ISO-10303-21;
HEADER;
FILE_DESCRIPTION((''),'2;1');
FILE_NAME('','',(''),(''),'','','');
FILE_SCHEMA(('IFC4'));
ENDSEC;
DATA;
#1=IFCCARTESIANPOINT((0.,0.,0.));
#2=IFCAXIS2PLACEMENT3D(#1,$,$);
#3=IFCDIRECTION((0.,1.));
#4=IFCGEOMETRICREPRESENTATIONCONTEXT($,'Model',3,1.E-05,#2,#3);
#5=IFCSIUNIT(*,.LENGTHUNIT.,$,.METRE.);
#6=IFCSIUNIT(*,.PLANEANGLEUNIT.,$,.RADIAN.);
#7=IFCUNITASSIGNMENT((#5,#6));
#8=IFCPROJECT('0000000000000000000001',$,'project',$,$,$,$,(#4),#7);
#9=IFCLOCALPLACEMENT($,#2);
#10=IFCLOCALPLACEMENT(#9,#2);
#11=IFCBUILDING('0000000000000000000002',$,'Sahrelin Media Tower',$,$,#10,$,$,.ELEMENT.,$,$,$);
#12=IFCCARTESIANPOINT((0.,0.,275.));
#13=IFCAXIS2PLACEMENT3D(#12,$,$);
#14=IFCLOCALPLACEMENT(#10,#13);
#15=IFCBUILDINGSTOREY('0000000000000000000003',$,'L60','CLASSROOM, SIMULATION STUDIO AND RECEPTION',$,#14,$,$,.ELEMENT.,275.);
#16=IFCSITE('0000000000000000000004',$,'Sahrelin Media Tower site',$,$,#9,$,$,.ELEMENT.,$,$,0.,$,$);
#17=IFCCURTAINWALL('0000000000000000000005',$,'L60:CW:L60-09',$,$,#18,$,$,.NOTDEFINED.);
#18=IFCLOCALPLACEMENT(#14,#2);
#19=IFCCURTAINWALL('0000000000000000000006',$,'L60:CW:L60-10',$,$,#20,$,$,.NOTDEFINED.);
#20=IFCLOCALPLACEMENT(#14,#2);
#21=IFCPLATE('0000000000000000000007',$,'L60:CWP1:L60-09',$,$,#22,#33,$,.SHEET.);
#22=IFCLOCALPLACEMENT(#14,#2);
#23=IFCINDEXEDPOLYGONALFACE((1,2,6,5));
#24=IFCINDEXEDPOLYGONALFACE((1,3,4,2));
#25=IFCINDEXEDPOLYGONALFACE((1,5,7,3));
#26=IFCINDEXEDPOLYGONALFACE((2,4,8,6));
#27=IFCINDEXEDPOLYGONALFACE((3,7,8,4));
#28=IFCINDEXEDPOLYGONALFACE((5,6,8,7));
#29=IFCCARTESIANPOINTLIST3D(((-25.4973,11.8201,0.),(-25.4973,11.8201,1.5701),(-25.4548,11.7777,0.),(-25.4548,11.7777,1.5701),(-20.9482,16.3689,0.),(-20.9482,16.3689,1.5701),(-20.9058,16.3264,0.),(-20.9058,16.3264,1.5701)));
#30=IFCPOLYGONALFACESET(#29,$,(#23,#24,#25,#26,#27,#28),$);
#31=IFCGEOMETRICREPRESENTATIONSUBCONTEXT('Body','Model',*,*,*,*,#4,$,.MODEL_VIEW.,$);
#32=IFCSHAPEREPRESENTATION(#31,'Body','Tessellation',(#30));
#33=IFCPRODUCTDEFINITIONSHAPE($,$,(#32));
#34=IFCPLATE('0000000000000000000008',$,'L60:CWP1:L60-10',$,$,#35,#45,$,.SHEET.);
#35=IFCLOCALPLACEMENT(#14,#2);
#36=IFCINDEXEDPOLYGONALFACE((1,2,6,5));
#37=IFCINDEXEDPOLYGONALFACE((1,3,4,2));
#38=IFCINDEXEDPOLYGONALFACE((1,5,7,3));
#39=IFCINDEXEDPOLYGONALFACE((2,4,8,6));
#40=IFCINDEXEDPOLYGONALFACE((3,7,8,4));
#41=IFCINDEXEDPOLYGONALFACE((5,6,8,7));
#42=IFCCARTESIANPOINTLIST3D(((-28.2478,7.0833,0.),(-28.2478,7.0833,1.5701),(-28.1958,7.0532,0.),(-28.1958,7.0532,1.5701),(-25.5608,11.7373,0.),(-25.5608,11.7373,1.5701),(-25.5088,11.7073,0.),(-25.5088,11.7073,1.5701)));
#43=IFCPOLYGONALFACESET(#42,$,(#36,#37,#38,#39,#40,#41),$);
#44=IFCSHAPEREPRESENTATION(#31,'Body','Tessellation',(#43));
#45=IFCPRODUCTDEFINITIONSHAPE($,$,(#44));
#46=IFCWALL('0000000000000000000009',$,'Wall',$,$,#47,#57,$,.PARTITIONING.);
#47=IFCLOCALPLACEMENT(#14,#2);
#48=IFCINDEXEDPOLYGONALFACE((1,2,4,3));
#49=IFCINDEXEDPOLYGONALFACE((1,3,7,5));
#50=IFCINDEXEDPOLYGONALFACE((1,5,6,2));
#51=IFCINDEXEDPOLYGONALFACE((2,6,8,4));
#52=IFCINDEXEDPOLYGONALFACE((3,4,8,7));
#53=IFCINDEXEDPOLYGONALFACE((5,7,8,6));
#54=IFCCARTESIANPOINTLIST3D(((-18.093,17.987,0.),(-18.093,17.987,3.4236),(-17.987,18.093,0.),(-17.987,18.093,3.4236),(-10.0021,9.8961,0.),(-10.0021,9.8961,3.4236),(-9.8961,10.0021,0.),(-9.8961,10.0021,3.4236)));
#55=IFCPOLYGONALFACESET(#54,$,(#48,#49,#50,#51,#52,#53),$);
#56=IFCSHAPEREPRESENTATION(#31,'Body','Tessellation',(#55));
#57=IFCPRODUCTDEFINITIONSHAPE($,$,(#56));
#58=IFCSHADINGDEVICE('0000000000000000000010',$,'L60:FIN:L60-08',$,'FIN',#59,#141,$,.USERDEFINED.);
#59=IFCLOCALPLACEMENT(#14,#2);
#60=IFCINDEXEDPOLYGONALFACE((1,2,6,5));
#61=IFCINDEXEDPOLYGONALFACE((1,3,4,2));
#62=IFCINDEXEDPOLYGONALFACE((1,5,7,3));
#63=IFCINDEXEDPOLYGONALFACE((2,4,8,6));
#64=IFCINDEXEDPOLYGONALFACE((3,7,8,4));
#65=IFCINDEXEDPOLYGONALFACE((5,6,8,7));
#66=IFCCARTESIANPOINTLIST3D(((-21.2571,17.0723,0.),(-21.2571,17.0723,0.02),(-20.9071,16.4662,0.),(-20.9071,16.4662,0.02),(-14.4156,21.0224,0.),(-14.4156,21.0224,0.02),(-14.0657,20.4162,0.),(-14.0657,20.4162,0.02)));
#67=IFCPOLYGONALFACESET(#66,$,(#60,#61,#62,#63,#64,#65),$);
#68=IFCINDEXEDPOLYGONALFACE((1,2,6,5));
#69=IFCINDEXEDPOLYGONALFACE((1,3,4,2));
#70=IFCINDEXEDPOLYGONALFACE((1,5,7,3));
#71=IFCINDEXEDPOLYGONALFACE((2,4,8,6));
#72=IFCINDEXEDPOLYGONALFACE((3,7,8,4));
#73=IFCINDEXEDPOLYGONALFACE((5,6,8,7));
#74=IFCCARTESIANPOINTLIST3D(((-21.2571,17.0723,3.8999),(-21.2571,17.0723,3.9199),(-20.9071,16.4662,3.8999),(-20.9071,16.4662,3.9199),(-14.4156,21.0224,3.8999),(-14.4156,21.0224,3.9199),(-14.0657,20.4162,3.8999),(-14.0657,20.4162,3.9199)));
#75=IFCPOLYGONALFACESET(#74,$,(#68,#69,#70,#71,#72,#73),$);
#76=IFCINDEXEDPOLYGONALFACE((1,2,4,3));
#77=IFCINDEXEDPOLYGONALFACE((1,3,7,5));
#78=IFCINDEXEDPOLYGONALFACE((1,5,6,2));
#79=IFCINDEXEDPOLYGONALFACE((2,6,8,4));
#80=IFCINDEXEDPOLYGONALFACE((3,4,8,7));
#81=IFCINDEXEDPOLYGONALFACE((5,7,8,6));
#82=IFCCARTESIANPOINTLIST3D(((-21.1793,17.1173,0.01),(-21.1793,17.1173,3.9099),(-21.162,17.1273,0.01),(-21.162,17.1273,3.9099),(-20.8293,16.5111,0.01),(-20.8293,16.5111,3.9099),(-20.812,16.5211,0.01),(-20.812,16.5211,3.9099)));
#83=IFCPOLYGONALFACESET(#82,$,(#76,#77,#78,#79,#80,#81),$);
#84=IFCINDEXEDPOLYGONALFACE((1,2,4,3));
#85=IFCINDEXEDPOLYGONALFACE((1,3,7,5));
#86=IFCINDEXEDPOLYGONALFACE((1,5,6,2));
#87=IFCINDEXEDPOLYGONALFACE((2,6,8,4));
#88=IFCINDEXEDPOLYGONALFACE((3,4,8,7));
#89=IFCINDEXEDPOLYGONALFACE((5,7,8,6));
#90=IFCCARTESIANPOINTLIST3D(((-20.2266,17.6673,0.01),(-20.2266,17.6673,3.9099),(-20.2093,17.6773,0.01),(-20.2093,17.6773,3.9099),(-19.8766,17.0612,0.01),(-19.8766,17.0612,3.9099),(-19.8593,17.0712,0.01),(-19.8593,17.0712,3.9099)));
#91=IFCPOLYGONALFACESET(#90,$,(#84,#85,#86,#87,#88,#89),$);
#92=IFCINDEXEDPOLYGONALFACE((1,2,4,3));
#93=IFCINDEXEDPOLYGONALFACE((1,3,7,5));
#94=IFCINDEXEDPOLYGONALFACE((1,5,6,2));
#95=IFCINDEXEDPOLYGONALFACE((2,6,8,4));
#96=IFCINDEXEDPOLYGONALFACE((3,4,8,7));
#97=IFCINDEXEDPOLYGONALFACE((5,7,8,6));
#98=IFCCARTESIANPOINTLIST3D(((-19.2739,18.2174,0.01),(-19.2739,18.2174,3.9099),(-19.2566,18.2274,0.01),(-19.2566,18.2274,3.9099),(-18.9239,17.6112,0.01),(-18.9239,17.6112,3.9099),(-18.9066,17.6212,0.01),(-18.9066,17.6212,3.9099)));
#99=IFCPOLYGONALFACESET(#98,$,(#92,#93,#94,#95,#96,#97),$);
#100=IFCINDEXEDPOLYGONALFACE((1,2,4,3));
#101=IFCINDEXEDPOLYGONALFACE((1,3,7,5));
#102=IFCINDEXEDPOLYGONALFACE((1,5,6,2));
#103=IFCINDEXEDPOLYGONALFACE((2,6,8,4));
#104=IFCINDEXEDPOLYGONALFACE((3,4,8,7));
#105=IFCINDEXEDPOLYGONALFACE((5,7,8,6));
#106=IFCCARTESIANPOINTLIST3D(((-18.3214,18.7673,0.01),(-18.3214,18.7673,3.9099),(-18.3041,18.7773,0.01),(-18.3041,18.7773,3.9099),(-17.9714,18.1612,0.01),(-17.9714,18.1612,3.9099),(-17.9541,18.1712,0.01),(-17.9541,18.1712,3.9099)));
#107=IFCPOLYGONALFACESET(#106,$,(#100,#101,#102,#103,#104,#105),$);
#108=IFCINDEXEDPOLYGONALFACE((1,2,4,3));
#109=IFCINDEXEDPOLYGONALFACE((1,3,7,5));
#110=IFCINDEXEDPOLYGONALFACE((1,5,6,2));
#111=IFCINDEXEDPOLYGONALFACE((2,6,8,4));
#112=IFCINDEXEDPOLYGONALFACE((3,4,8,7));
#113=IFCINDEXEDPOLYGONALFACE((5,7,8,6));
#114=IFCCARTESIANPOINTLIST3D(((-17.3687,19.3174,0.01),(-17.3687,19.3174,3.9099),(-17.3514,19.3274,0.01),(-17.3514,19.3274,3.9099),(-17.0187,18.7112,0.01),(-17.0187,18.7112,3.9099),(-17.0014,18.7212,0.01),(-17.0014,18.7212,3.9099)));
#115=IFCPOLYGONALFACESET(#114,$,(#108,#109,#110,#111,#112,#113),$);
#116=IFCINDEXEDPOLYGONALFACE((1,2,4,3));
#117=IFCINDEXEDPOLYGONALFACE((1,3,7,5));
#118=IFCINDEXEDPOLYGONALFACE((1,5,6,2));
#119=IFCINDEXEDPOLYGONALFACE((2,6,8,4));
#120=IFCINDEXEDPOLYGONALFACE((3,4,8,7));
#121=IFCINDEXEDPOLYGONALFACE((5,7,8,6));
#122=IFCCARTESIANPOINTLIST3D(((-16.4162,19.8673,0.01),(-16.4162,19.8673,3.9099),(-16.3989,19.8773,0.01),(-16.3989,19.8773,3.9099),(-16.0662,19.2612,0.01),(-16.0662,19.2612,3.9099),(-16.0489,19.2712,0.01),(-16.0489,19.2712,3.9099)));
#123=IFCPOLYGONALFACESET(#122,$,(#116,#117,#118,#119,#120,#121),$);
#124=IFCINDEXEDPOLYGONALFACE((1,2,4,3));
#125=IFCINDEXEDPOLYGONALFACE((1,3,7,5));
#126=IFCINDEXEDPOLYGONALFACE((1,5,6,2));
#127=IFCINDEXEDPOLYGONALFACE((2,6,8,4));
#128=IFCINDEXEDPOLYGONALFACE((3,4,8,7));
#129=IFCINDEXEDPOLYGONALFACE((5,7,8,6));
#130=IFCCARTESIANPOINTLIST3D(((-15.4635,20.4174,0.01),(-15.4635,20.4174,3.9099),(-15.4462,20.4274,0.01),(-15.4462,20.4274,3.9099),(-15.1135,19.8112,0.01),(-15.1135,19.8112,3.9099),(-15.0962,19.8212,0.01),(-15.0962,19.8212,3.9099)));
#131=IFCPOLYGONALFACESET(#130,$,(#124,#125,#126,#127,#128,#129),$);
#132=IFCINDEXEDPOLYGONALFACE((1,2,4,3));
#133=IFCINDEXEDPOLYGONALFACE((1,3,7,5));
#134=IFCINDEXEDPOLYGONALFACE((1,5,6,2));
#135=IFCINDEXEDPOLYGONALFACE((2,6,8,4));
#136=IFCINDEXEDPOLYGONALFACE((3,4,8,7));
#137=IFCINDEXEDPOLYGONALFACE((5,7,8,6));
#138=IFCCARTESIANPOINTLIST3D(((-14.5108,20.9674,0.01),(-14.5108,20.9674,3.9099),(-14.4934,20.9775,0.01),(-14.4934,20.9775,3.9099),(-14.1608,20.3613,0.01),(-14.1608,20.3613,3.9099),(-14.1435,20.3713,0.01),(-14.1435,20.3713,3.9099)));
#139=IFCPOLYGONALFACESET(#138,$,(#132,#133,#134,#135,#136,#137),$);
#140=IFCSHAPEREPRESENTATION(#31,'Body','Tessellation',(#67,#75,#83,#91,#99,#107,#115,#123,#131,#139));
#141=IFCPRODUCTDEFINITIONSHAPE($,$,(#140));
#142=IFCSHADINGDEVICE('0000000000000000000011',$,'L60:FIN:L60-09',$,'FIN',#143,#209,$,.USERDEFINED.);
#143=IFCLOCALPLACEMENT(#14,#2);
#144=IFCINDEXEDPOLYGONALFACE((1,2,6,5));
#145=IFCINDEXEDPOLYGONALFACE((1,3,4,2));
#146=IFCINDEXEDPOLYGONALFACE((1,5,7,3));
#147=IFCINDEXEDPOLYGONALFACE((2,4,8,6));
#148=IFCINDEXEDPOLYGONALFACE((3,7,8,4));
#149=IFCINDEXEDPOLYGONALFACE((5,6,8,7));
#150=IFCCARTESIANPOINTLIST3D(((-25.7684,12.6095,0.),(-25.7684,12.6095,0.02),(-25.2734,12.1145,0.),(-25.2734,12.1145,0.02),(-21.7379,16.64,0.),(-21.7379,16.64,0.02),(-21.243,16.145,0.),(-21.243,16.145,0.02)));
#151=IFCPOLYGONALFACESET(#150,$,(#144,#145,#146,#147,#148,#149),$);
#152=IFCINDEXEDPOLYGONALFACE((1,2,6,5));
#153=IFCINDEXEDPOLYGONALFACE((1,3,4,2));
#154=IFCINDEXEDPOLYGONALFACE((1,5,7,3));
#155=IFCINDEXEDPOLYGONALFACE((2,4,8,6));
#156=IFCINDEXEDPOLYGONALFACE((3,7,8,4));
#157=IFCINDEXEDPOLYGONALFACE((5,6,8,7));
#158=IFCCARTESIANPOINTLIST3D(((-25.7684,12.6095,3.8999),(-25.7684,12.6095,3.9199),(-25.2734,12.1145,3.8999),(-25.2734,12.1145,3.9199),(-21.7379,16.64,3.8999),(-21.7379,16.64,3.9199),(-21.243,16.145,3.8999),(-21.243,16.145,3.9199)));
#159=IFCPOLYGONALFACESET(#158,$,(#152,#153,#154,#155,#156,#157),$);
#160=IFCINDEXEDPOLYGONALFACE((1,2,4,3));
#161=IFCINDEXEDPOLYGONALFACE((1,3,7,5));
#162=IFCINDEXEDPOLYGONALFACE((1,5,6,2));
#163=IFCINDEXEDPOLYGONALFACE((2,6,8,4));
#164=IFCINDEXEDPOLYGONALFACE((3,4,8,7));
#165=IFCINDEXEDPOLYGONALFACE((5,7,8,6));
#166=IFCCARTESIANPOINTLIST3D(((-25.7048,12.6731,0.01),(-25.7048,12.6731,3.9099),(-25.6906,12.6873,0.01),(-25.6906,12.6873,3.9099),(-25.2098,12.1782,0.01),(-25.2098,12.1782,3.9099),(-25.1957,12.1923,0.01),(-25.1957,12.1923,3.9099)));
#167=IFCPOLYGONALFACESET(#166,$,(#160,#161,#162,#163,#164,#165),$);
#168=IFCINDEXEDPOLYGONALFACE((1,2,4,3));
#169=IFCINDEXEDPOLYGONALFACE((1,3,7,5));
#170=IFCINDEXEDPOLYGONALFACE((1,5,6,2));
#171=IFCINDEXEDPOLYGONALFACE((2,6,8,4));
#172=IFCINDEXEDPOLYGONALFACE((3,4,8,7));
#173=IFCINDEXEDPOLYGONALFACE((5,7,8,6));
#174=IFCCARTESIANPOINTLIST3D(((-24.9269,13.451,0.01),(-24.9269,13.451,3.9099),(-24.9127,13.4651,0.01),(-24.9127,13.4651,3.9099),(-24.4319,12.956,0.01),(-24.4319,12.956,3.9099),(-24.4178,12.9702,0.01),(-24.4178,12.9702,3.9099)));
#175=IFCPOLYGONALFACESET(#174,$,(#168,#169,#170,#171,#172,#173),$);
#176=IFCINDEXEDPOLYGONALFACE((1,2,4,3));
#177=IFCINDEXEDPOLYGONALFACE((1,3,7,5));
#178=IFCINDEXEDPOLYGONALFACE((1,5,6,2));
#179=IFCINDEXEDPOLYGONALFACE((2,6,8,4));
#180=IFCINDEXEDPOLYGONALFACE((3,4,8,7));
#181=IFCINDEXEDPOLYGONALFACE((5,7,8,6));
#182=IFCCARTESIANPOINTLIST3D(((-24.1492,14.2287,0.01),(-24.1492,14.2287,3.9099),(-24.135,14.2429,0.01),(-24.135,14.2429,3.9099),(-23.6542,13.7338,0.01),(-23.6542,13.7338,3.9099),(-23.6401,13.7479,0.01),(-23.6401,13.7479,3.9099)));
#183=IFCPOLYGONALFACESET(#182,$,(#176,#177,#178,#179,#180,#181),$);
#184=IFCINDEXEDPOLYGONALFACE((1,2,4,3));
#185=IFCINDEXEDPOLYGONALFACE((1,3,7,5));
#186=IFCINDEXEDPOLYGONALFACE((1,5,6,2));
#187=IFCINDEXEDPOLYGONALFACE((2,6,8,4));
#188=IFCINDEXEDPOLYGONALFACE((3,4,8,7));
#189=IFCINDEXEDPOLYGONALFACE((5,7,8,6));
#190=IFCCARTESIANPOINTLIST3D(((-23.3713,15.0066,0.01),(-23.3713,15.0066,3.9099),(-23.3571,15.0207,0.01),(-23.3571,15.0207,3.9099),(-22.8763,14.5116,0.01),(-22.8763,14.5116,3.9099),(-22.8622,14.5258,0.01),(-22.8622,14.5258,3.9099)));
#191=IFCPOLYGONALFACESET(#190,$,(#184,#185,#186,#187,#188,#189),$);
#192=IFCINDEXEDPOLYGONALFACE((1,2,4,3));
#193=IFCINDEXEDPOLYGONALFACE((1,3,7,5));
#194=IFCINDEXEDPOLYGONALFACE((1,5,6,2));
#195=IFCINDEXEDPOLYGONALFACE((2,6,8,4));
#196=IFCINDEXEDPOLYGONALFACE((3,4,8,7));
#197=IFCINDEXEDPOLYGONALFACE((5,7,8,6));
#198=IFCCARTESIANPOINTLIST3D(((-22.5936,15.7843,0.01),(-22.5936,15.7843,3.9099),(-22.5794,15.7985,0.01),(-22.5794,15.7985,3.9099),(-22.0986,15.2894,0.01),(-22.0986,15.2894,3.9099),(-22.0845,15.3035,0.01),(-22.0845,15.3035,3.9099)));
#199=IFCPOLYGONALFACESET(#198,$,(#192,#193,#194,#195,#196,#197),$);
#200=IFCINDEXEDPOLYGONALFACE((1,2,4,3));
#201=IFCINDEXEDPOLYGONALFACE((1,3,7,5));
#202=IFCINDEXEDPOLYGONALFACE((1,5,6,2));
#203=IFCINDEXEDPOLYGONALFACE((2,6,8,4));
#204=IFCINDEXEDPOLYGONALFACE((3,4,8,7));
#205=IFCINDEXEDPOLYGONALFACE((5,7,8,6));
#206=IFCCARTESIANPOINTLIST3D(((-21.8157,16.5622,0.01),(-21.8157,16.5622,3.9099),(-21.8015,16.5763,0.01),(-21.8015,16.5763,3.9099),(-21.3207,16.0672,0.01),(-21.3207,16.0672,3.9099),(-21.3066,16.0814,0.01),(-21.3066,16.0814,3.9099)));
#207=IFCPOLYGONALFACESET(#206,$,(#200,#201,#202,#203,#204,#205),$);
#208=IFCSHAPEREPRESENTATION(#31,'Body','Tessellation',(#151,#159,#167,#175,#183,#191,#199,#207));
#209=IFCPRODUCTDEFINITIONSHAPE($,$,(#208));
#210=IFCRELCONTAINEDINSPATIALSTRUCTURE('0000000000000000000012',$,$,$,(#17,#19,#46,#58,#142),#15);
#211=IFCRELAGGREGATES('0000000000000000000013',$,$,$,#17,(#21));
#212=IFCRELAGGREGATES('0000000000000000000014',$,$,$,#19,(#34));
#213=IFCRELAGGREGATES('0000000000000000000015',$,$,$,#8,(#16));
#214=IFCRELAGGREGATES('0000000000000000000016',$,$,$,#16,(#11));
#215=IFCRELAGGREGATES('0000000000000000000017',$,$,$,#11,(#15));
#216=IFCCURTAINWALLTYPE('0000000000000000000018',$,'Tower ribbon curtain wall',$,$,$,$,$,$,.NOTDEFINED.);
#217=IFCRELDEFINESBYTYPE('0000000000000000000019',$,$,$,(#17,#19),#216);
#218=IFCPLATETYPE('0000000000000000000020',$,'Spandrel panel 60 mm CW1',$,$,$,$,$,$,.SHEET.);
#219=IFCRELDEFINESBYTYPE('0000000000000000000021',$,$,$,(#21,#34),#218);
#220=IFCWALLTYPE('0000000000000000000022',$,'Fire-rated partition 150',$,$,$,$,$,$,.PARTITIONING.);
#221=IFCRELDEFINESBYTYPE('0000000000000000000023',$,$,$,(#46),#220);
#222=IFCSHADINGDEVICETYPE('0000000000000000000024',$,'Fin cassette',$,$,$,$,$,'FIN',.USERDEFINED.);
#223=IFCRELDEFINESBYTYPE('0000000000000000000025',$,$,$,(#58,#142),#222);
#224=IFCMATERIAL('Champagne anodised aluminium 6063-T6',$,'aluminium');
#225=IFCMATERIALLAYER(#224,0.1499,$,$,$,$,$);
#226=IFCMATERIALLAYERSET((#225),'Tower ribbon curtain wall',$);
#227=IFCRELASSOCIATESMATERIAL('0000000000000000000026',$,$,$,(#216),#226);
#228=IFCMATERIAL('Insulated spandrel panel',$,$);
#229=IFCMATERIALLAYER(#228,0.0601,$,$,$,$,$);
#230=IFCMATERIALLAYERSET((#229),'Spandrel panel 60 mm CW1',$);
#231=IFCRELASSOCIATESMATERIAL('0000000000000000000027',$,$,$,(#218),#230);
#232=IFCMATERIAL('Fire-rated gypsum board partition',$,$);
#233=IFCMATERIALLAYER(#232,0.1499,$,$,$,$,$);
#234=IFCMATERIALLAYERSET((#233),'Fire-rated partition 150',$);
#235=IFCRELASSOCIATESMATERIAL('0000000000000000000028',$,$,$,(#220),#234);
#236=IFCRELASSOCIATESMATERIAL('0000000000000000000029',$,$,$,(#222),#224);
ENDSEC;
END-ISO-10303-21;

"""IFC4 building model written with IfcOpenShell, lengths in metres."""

from ifc_helpers import new_model, si_unit, direction, frame, frame_2d, origin, origin_2d, place, context, subcontext, project, spatial, polyline, rectangle, outline, extrude, material, layer, layer_set, type_object, element, aggregate, save


model = new_model("IFC4")

# Units and contexts
model_context = context("Model", 3, precision=1e-05, world=origin(), true_north=direction((0.0, 1.0)))
body_context = subcontext(model_context, "Body", "Model", "MODEL_VIEW")
ifc_project = project(units=[si_unit("LENGTHUNIT", "METRE"), si_unit("PLANEANGLEUNIT", "RADIAN")], contexts=[model_context])

# Site, building, storey
site_placement = place(None, origin())
site = spatial("IfcSite", under=ifc_project, at=site_placement, Name="Sahrelin Media Tower site", CompositionType="ELEMENT", RefElevation=0.0)
building_placement = place(site_placement, origin())
building = spatial("IfcBuilding", under=site, at=building_placement, Name="Sahrelin Media Tower", CompositionType="ELEMENT")
storey_placement = place(building_placement, frame((0.0, 0.0, 275.0)))
storey = spatial("IfcBuildingStorey", under=building, at=storey_placement, Name="L60", Description="CLASSROOM, SIMULATION STUDIO AND RECEPTION", CompositionType="ELEMENT", Elevation=275.0)

# Curtain wall
ifc_material_1 = material(Name="Champagne anodised aluminium 6063-T6", Category="aluminium")
ifc_layer_1 = layer(ifc_material_1, 0.1499)
ifc_layer_set_1 = layer_set([ifc_layer_1], Name="Tower ribbon curtain wall")
curtain_wall_type = type_object("IfcCurtainWallType", Name="Tower ribbon curtain wall", PredefinedType="NOTDEFINED", material=ifc_layer_set_1)
curtain_wall_1_placement = place(storey_placement, frame((-23.2087, 14.0803, 0.0), z_axis=(0.0, 0.0, 1.0), x_axis=(1.0, 0.0, 0.0)))
curtain_wall_1 = element("IfcCurtainWall", 1, at=curtain_wall_1_placement, inside=storey, type_object=curtain_wall_type, Name="L60:CW:L60-09", PredefinedType="NOTDEFINED")

# Curtain wall
curtain_wall_2_placement = place(storey_placement, frame((-26.887, 9.4001, 0.0), z_axis=(0.0, 0.0, 1.0), x_axis=(1.0, 0.0, 0.0)))
curtain_wall_2 = element("IfcCurtainWall", 2, at=curtain_wall_2_placement, inside=storey, type_object=curtain_wall_type, Name="L60:CW:L60-10", PredefinedType="NOTDEFINED")

# Plates
ifc_material_2 = material(Name="Insulated spandrel panel")
ifc_layer_2 = layer(ifc_material_2, 0.0601)
ifc_layer_set_2 = layer_set([ifc_layer_2], Name="Spandrel panel 60 mm CW1")
plate_type_1 = type_object("IfcPlateType", Name="Spandrel panel 60 mm CW1", PredefinedType="SHEET", material=ifc_layer_set_2)
plate_1_placement = place(storey_placement, frame((-20.9482, 16.3689, 0.0), z_axis=(-0.707088, 0.707126, 0.0), x_axis=(-0.707126, -0.707088, 0.0)))
plate_1 = element("IfcPlate", 3, at=plate_1_placement, type_object=plate_type_1, Name="L60:CWP1:L60-09", PredefinedType="SHEET", context=body_context, shape_type="SweptSolid", body=[
    extrude(outline(polyline([(0.0, 0.0), (6.4331, 0.0), (6.4331, 1.5701), (0.0, 1.5701), (0.0, 0.0)])), origin(), (0.0, 0.0, -1.0), 0.0601),
])
aggregate(curtain_wall_1, [plate_1])
plate_2_placement = place(storey_placement, frame((-25.5608, 11.7373, 0.0), z_axis=(-0.866026, 0.499999, 0.0), x_axis=(-0.499999, -0.866026, 0.0)))
plate_2 = element("IfcPlate", 4, at=plate_2_placement, type_object=plate_type_1, Name="L60:CWP1:L60-10", PredefinedType="SHEET", context=body_context, shape_type="SweptSolid", body=[
    extrude(outline(polyline([(0.0, 0.0), (5.374, 0.0), (5.374, 1.5701), (0.0, 1.5701), (0.0, 0.0)])), origin(), (0.0, 0.0, -1.0), 0.0601),
])
aggregate(curtain_wall_2, [plate_2])

# Wall
ifc_material_3 = material(Name="Fire-rated gypsum board partition")
ifc_layer_3 = layer(ifc_material_3, 0.1499)
ifc_layer_set_3 = layer_set([ifc_layer_3], Name="Fire-rated partition 150")
wall_type = type_object("IfcWallType", Name="Fire-rated partition 150", PredefinedType="PARTITIONING", material=ifc_layer_set_3)
wall_placement = place(storey_placement, frame((-18.04, 18.04, 0.0), z_axis=(0.0, 0.0, 1.0), x_axis=(0.707107, -0.707107, 0.0)))
element("IfcWall", 5, at=wall_placement, inside=storey, type_object=wall_type, Name="Wall", PredefinedType="PARTITIONING", context=body_context, shape_type="SweptSolid", body=[
    extrude(rectangle(XDim=11.4424, YDim=0.1499, at=frame_2d((5.7212, 0.0))), origin(), (0.0, 0.0, 1.0), 3.4236),
])

# Shading devices
shading_device_type_1 = type_object("IfcShadingDeviceType", Name="Fin cassette", ElementType="FIN", PredefinedType="USERDEFINED", material=ifc_material_1)
placement_1 = place(storey_placement, frame((-17.4514, 18.3806, 0.0), z_axis=(0.0, 0.0, 1.0), x_axis=(0.866019, 0.500011, 0.0)))
element("IfcShadingDevice", 6, at=placement_1, inside=storey, type_object=shading_device_type_1, Name="L60:FIN:L60-08", ObjectType="FIN", PredefinedType="USERDEFINED", context=body_context, shape_type="SweptSolid", body=[
    extrude(rectangle(XDim=7.8999, YDim=0.7, at=origin_2d()), frame((0.0, 0.4199, 0.0)), (0.0, 0.0, 1.0), 0.02),
    extrude(rectangle(XDim=7.8999, YDim=0.7, at=origin_2d()), frame((0.0, 0.4199, 3.8999)), (0.0, 0.0, 1.0), 0.02),
    extrude(rectangle(XDim=0.02, YDim=0.7, at=origin_2d()), frame((-3.8501, 0.4199, 0.01), z_axis=(0.0, 0.0, 1.0), x_axis=(1.0, 0.0, 0.0)), (0.0, 0.0, 1.0), 3.8999),
    extrude(rectangle(XDim=0.02, YDim=0.7, at=origin_2d()), frame((-2.75, 0.4199, 0.01), z_axis=(0.0, 0.0, 1.0), x_axis=(1.0, 0.0, 0.0)), (0.0, 0.0, 1.0), 3.8999),
    extrude(rectangle(XDim=0.02, YDim=0.7, at=origin_2d()), frame((-1.6499, 0.4199, 0.01), z_axis=(0.0, 0.0, 1.0), x_axis=(1.0, 0.0, 0.0)), (0.0, 0.0, 1.0), 3.8999),
    extrude(rectangle(XDim=0.02, YDim=0.7, at=origin_2d()), frame((-0.55, 0.4199, 0.01), z_axis=(0.0, 0.0, 1.0), x_axis=(1.0, 0.0, 0.0)), (0.0, 0.0, 1.0), 3.8999),
    extrude(rectangle(XDim=0.02, YDim=0.7, at=origin_2d()), frame((0.55, 0.4199, 0.01), z_axis=(0.0, 0.0, 1.0), x_axis=(1.0, 0.0, 0.0)), (0.0, 0.0, 1.0), 3.8999),
    extrude(rectangle(XDim=0.02, YDim=0.7, at=origin_2d()), frame((1.6499, 0.4199, 0.01), z_axis=(0.0, 0.0, 1.0), x_axis=(1.0, 0.0, 0.0)), (0.0, 0.0, 1.0), 3.8999),
    extrude(rectangle(XDim=0.02, YDim=0.7, at=origin_2d()), frame((2.75, 0.4199, 0.01), z_axis=(0.0, 0.0, 1.0), x_axis=(1.0, 0.0, 0.0)), (0.0, 0.0, 1.0), 3.8999),
    extrude(rectangle(XDim=0.02, YDim=0.7, at=origin_2d()), frame((3.8501, 0.4199, 0.01), z_axis=(0.0, 0.0, 1.0), x_axis=(1.0, 0.0, 0.0)), (0.0, 0.0, 1.0), 3.8999),
])
placement_2 = place(storey_placement, frame((-23.2087, 14.0803, 0.0), z_axis=(0.0, 0.0, 1.0), x_axis=(0.707107, 0.707107, 0.0)))
element("IfcShadingDevice", 7, at=placement_2, inside=storey, type_object=shading_device_type_1, Name="L60:FIN:L60-09", ObjectType="FIN", PredefinedType="USERDEFINED", context=body_context, shape_type="SweptSolid", body=[
    extrude(rectangle(XDim=5.7, YDim=0.7, at=origin_2d()), frame((0.0, 0.4199, 0.0)), (0.0, 0.0, 1.0), 0.02),
    extrude(rectangle(XDim=5.7, YDim=0.7, at=origin_2d()), frame((0.0, 0.4199, 3.8999)), (0.0, 0.0, 1.0), 0.02),
    extrude(rectangle(XDim=0.02, YDim=0.7, at=origin_2d()), frame((-2.75, 0.4199, 0.01), z_axis=(0.0, 0.0, 1.0), x_axis=(1.0, 0.0, 0.0)), (0.0, 0.0, 1.0), 3.8999),
    extrude(rectangle(XDim=0.02, YDim=0.7, at=origin_2d()), frame((-1.6499, 0.4199, 0.01), z_axis=(0.0, 0.0, 1.0), x_axis=(1.0, 0.0, 0.0)), (0.0, 0.0, 1.0), 3.8999),
    extrude(rectangle(XDim=0.02, YDim=0.7, at=origin_2d()), frame((-0.55, 0.4199, 0.01), z_axis=(0.0, 0.0, 1.0), x_axis=(1.0, 0.0, 0.0)), (0.0, 0.0, 1.0), 3.8999),
    extrude(rectangle(XDim=0.02, YDim=0.7, at=origin_2d()), frame((0.55, 0.4199, 0.01), z_axis=(0.0, 0.0, 1.0), x_axis=(1.0, 0.0, 0.0)), (0.0, 0.0, 1.0), 3.8999),
    extrude(rectangle(XDim=0.02, YDim=0.7, at=origin_2d()), frame((1.6499, 0.4199, 0.01), z_axis=(0.0, 0.0, 1.0), x_axis=(1.0, 0.0, 0.0)), (0.0, 0.0, 1.0), 3.8999),
    extrude(rectangle(XDim=0.02, YDim=0.7, at=origin_2d()), frame((2.75, 0.4199, 0.01), z_axis=(0.0, 0.0, 1.0), x_axis=(1.0, 0.0, 0.0)), (0.0, 0.0, 1.0), 3.8999),
])

save(model, "model.ifc")
